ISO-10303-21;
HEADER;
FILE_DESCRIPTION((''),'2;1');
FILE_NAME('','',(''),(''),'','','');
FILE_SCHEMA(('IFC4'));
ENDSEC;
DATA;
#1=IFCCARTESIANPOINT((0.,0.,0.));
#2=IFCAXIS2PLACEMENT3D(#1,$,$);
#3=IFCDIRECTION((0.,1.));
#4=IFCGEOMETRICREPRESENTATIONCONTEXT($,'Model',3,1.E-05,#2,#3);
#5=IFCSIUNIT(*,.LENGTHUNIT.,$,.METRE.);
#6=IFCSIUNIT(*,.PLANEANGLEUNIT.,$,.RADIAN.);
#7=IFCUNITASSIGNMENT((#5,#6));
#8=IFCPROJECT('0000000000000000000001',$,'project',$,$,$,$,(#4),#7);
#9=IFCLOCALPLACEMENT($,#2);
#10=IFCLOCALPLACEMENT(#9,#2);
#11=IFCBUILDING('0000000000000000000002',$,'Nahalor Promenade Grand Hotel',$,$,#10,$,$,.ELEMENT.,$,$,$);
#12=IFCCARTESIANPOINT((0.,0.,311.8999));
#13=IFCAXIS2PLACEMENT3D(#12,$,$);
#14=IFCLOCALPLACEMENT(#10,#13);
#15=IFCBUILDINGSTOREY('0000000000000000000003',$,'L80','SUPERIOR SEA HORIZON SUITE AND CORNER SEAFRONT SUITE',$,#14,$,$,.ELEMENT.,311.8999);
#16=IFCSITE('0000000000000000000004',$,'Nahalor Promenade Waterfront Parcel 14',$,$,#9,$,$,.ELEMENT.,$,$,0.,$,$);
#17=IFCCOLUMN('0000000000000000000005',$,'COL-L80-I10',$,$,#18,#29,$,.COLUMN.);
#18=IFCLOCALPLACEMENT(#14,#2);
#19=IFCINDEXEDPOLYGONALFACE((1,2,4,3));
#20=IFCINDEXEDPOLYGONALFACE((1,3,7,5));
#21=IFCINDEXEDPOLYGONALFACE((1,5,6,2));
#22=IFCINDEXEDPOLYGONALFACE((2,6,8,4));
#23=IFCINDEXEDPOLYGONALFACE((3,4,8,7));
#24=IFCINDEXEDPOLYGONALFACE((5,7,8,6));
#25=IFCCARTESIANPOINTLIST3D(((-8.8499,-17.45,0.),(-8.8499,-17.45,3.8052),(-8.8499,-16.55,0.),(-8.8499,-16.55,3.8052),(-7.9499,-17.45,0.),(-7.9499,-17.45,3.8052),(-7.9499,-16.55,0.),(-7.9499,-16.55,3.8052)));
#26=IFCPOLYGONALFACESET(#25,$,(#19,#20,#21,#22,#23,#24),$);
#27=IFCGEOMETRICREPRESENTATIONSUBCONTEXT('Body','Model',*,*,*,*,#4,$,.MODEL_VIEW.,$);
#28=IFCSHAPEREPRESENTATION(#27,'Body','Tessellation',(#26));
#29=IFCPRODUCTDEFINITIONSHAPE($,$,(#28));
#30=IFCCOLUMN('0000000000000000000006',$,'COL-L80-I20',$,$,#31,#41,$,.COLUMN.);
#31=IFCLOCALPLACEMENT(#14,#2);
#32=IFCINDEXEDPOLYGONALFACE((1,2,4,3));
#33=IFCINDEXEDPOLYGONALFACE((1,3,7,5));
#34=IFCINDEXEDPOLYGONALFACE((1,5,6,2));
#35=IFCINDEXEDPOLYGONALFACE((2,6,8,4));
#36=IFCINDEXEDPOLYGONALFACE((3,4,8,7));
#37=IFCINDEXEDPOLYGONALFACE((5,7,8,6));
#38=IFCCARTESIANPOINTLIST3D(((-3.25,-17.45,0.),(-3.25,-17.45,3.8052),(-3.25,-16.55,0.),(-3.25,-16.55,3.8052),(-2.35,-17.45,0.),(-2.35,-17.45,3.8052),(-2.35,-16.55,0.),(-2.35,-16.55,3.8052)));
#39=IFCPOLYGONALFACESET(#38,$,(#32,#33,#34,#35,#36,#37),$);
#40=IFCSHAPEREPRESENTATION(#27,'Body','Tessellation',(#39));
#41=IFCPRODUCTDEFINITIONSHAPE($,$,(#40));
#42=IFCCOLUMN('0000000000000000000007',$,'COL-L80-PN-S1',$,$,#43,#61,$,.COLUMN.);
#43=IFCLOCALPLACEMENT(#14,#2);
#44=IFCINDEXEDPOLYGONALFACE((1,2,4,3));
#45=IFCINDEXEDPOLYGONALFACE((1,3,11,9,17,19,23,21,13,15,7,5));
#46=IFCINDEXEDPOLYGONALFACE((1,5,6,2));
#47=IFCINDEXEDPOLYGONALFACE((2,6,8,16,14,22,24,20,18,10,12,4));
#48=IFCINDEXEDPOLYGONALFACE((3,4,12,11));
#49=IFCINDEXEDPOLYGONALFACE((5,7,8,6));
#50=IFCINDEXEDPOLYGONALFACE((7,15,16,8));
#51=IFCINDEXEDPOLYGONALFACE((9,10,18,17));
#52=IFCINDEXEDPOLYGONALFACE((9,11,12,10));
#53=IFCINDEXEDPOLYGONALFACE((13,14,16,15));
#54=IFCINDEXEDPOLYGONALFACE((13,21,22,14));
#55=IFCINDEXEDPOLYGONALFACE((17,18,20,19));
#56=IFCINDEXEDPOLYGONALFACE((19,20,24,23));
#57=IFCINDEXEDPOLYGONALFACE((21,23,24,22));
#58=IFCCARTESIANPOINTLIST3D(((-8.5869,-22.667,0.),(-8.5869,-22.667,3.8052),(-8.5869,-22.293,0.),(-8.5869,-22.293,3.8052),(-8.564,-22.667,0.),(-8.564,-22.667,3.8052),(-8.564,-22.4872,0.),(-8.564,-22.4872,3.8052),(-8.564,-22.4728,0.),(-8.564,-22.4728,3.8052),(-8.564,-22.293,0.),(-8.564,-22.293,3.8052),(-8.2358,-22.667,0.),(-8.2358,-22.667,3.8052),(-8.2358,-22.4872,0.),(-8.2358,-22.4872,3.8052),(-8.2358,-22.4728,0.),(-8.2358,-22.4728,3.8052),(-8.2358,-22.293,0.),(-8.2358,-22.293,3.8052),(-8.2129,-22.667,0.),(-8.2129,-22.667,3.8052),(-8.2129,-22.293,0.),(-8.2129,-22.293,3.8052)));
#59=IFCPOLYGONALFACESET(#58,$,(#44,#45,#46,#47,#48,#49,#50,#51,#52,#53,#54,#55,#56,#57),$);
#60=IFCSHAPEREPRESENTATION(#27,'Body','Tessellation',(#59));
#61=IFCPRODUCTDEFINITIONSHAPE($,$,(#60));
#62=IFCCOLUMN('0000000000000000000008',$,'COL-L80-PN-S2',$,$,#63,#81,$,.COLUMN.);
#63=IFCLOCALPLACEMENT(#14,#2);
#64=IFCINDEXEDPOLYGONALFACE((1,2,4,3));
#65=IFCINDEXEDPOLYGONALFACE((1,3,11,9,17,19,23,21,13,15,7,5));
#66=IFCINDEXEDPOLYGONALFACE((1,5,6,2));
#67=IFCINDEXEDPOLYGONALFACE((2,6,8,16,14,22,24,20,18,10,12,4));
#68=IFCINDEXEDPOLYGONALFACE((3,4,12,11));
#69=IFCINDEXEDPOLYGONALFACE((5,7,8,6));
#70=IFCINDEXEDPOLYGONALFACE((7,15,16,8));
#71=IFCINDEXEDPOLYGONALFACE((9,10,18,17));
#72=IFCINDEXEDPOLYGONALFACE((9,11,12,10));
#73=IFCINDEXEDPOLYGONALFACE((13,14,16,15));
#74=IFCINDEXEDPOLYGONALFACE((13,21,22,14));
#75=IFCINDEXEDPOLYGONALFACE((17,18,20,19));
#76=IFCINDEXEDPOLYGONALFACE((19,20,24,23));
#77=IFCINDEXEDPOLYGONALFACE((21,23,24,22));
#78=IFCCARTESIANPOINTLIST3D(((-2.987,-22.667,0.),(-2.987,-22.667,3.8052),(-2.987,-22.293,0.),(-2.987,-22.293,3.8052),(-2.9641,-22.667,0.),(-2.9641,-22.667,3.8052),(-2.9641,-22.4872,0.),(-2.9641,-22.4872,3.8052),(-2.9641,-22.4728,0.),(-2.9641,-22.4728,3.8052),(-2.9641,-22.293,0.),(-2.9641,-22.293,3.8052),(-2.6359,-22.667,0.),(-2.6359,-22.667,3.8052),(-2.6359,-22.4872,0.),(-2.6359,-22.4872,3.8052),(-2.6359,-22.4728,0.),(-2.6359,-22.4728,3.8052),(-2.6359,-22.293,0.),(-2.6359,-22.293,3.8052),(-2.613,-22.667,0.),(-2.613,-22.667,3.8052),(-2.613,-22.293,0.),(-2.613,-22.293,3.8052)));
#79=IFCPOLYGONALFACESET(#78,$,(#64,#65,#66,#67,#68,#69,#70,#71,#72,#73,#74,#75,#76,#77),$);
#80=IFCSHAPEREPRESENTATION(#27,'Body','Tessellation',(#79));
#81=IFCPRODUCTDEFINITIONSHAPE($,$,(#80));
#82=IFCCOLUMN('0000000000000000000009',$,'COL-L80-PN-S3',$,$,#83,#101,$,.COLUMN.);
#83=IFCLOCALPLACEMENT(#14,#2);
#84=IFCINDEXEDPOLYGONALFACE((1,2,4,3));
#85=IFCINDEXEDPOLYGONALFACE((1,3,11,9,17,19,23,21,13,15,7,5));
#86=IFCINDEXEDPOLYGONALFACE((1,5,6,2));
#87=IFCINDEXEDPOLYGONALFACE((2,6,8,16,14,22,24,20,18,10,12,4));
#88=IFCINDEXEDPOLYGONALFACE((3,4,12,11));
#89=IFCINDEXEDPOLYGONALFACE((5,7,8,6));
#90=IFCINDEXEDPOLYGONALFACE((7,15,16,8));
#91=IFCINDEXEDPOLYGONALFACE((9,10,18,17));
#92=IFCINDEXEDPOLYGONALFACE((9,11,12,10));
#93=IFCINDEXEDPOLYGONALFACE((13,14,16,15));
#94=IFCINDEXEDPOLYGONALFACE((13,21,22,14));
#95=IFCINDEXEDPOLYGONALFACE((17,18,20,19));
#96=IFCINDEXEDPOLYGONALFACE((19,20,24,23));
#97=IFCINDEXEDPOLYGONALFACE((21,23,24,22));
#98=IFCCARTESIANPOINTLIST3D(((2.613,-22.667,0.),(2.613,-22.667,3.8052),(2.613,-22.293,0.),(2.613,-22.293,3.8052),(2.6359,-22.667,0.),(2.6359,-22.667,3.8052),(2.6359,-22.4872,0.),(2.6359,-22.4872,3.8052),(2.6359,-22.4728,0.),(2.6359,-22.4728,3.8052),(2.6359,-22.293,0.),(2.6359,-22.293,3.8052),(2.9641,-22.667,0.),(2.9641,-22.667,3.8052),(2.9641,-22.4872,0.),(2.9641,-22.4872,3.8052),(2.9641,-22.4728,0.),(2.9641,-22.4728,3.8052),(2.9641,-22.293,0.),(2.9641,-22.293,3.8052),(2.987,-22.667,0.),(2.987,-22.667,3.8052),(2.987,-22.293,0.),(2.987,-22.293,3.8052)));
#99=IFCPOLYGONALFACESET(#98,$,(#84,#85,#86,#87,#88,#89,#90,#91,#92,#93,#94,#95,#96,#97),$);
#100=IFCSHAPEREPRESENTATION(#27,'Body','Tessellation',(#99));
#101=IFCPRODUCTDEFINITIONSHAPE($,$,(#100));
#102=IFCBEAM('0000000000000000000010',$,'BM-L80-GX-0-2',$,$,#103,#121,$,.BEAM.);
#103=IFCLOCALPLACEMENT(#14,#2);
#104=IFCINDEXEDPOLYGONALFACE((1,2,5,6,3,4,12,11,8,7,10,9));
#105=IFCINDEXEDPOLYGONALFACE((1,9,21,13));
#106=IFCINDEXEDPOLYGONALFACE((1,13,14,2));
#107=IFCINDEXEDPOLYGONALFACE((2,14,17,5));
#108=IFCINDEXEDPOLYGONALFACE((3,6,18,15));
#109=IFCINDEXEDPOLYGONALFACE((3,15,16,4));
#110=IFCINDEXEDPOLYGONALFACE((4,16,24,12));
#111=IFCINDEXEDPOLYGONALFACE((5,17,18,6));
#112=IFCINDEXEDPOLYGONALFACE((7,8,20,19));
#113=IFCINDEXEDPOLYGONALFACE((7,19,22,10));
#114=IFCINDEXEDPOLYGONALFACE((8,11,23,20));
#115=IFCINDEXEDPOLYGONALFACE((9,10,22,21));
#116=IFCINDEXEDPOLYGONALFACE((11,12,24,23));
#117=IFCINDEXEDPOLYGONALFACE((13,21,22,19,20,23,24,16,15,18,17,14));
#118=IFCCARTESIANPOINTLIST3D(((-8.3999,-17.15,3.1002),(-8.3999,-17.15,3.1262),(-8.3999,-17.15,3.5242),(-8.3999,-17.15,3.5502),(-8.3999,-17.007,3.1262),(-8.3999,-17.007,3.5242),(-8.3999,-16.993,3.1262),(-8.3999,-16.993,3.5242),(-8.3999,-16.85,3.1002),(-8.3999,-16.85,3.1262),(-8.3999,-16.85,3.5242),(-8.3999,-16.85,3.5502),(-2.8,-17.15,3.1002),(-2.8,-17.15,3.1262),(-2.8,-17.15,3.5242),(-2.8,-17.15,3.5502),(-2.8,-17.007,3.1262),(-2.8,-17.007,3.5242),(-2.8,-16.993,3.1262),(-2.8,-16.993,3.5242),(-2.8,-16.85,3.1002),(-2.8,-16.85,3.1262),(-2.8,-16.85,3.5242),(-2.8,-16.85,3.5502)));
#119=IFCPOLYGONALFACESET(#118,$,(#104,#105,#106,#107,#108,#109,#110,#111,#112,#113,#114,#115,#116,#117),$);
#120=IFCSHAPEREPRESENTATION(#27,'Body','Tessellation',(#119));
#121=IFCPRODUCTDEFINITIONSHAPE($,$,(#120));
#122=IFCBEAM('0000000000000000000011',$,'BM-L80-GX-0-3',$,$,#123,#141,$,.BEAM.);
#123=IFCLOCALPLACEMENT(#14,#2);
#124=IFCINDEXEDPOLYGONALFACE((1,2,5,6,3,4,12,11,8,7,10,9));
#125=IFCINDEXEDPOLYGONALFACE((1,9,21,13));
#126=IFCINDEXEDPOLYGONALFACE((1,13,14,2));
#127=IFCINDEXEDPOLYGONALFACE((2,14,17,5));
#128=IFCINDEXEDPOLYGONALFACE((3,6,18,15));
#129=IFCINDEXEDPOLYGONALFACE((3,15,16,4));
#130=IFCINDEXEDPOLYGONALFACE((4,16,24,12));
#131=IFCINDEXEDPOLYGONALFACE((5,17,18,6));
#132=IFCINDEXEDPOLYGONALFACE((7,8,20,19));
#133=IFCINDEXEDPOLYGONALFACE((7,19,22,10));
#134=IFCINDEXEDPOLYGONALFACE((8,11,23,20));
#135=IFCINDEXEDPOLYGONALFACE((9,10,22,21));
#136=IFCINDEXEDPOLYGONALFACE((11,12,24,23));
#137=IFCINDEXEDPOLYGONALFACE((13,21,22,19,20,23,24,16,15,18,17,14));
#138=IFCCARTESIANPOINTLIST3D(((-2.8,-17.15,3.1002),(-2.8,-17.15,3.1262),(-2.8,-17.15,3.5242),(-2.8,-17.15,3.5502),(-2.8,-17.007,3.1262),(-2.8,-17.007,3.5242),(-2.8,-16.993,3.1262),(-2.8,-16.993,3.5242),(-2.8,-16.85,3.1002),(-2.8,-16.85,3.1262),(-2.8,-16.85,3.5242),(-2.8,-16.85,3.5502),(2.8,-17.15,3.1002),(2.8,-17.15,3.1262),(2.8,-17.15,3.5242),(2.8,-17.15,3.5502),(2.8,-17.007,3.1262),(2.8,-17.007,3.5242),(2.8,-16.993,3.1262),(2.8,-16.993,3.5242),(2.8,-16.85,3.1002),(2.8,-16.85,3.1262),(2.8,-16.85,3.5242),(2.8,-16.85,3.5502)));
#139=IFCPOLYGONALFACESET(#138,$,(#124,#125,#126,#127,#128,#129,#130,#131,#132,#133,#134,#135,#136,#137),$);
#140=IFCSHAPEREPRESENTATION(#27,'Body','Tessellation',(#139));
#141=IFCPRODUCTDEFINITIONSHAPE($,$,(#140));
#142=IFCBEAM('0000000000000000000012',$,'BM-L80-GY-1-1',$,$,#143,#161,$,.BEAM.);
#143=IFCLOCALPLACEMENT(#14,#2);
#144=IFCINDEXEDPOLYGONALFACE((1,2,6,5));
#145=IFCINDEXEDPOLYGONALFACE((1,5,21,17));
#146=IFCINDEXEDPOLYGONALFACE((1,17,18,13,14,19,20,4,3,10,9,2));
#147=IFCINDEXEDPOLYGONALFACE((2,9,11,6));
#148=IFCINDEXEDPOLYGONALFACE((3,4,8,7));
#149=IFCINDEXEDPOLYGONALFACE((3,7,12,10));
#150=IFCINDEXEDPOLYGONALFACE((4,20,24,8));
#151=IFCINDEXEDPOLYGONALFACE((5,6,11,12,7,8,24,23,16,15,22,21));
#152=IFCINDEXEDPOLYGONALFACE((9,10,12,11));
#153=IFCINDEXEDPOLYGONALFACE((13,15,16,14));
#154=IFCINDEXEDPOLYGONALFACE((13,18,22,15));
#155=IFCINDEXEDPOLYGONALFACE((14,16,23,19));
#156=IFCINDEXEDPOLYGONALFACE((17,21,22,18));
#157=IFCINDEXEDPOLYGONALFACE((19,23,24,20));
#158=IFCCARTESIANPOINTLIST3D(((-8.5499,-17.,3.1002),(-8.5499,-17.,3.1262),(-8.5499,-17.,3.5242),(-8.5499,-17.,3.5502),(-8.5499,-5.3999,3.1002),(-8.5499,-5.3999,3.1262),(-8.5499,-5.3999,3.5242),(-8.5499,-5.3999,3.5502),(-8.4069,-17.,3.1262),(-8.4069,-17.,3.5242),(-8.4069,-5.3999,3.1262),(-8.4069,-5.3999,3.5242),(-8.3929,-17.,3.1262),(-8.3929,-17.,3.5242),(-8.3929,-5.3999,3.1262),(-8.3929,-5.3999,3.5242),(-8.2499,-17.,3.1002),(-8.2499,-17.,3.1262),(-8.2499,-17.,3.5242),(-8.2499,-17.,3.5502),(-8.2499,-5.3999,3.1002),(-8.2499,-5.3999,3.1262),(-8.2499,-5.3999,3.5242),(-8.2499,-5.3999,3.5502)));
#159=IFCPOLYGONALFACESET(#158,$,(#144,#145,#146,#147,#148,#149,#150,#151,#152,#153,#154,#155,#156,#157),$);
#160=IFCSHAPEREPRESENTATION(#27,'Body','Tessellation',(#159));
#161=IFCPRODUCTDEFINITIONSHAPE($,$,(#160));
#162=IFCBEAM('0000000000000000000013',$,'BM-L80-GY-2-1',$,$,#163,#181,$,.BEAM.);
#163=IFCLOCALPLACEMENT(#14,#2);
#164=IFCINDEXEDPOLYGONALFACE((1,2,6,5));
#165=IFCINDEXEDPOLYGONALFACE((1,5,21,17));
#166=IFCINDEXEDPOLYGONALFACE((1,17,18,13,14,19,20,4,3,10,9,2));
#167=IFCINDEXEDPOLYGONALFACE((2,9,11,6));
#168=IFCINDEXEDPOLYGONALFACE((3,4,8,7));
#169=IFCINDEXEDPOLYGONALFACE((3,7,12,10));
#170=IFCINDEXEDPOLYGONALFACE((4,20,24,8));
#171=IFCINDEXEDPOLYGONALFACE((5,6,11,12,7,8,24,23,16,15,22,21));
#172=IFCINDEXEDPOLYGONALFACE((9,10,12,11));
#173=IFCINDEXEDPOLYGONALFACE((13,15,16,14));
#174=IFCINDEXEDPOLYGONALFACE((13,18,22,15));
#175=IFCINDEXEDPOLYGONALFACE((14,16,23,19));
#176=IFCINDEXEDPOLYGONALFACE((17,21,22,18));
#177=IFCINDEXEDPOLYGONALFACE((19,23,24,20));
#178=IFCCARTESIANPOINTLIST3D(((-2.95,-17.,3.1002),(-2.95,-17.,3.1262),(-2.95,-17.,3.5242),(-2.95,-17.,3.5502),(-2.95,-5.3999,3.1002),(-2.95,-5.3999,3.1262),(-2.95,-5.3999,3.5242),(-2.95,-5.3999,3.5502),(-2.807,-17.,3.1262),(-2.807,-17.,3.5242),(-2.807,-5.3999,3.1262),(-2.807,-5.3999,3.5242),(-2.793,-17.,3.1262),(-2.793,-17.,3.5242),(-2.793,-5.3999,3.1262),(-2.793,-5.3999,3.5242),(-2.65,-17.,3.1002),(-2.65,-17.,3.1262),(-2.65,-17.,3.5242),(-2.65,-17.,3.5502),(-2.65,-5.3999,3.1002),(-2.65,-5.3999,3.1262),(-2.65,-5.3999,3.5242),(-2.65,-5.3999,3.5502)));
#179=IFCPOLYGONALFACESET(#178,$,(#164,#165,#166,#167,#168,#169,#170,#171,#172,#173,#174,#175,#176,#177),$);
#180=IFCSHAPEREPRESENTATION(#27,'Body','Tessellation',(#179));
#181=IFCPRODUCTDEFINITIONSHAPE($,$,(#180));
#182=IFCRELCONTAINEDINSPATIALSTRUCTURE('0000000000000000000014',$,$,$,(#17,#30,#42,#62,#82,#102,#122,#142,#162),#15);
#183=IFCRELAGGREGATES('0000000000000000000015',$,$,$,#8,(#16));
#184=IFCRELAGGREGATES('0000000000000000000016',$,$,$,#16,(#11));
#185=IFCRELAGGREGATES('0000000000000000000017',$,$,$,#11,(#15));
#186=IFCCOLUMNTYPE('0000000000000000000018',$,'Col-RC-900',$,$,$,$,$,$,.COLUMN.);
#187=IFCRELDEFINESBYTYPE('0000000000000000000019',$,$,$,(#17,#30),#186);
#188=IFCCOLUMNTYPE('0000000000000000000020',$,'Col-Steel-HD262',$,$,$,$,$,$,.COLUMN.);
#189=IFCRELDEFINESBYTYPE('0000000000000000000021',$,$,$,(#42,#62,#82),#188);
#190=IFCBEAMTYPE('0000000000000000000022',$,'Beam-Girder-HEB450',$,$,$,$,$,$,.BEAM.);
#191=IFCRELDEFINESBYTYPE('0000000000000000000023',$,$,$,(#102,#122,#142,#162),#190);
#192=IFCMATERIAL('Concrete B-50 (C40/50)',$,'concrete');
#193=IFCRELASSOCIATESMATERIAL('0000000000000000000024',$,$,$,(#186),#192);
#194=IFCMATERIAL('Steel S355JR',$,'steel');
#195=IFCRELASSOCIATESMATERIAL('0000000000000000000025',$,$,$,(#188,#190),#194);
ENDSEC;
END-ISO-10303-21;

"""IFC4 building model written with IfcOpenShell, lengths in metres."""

from ifc_helpers import new_model, si_unit, direction, frame, origin, origin_2d, place, context, subcontext, project, spatial, rectangle, i_section, extrude, source, transform, mapped, material, material_profile, profile_set, type_object, element, save


model = new_model("IFC4")

# Units and contexts
model_context = context("Model", 3, precision=1e-05, world=origin(), true_north=direction((0.0, 1.0)))
body_context = subcontext(model_context, "Body", "Model", "MODEL_VIEW")
ifc_project = project(units=[si_unit("LENGTHUNIT", "METRE"), si_unit("PLANEANGLEUNIT", "RADIAN")], contexts=[model_context])

# Site, building, storey
site_placement = place(None, origin())
site = spatial("IfcSite", under=ifc_project, at=site_placement, Name="Nahalor Promenade Waterfront Parcel 14", CompositionType="ELEMENT", RefElevation=0.0)
building_placement = place(site_placement, origin())
building = spatial("IfcBuilding", under=site, at=building_placement, Name="Nahalor Promenade Grand Hotel", CompositionType="ELEMENT")
storey_placement = place(building_placement, frame((0.0, 0.0, 311.8999)))
storey = spatial("IfcBuildingStorey", under=building, at=storey_placement, Name="L80", Description="SUPERIOR SEA HORIZON SUITE AND CORNER SEAFRONT SUITE", CompositionType="ELEMENT", Elevation=311.8999)

# Columns
ifc_material_1 = material(Name="Concrete B-50 (C40/50)", Category="concrete")
ifc_material_profile_1 = material_profile(ifc_material_1, rectangle(XDim=0.9, YDim=0.9, at=origin_2d()), Name="RC 900x900")
ifc_profile_set_1 = profile_set([ifc_material_profile_1], Name="Concrete B-50 (C40/50)")
column_type_1 = type_object("IfcColumnType", Name="Col-RC-900", PredefinedType="COLUMN", material=ifc_profile_set_1)
shared_shape_1 = source(origin(), body_context, "Body", "SweptSolid", [
    extrude(rectangle(XDim=0.9, YDim=0.9, at=origin_2d()), origin(), (0.0, 0.0, 1.0), 3.8052),
])
for number, where, z_axis, x_axis, name in (
    (1, (-8.3999, -17.0, 0.0), (0.0, 0.0, 1.0), (1.0, 0.0, 0.0), "COL-L80-I10"),
    (2, (-2.8, -17.0, 0.0), (0.0, 0.0, 1.0), (1.0, 0.0, 0.0), "COL-L80-I20"),
):
    element("IfcColumn", number, at=place(storey_placement, frame(where, z_axis=z_axis, x_axis=x_axis)), inside=storey, type_object=column_type_1, Name=name, PredefinedType="COLUMN", context=body_context, shape_type="MappedRepresentation", body=[
        mapped(shared_shape_1, transform((0.0, 0.0, 0.0), scale=1.0)),
    ])
ifc_material_2 = material(Name="Steel S355JR", Category="steel")
ifc_material_profile_2 = material_profile(ifc_material_2, i_section(OverallWidth=0.374, OverallDepth=0.374, WebThickness=0.0144, FlangeThickness=0.0229, at=origin_2d()), Name="HD 360x262")
ifc_profile_set_2 = profile_set([ifc_material_profile_2], Name="Steel S355JR")
column_type_2 = type_object("IfcColumnType", Name="Col-Steel-HD262", PredefinedType="COLUMN", material=ifc_profile_set_2)
shared_shape_2 = source(origin(), body_context, "Body", "SweptSolid", [
    extrude(i_section(OverallWidth=0.374, OverallDepth=0.374, WebThickness=0.0144, FlangeThickness=0.0229, at=origin_2d()), origin(), (0.0, 0.0, 1.0), 3.8052),
])
for number, where, z_axis, x_axis, name in (
    (3, (-8.3999, -22.48, 0.0), (0.0, 0.0, 1.0), (0.0, 1.0, 0.0), "COL-L80-PN-S1"),
    (4, (-2.8, -22.48, 0.0), (0.0, 0.0, 1.0), (0.0, 1.0, 0.0), "COL-L80-PN-S2"),
    (5, (2.8, -22.48, 0.0), (0.0, 0.0, 1.0), (0.0, 1.0, 0.0), "COL-L80-PN-S3"),
):
    element("IfcColumn", number, at=place(storey_placement, frame(where, z_axis=z_axis, x_axis=x_axis)), inside=storey, type_object=column_type_2, Name=name, PredefinedType="COLUMN", context=body_context, shape_type="MappedRepresentation", body=[
        mapped(shared_shape_2, transform((0.0, 0.0, 0.0), scale=1.0)),
    ])

# Beams
ifc_material_profile_3 = material_profile(ifc_material_2, i_section(OverallWidth=0.3, OverallDepth=0.45, WebThickness=0.014, FlangeThickness=0.026, at=origin_2d()), Name="HEB 450")
ifc_profile_set_3 = profile_set([ifc_material_profile_3], Name="Steel S355JR")
beam_type_1 = type_object("IfcBeamType", Name="Beam-Girder-HEB450", PredefinedType="BEAM", material=ifc_profile_set_3)
shared_shape_3 = source(origin(), body_context, "Body", "SweptSolid", [
    extrude(i_section(OverallWidth=0.3, OverallDepth=0.45, WebThickness=0.014, FlangeThickness=0.026, at=origin_2d()), origin(), (0.0, 0.0, 1.0), 5.5999),
])
beam_1_placement = place(storey_placement, frame((-8.3999, -17.0, 3.3252), z_axis=(1.0, 0.0, 0.0), x_axis=(0.0, 1.0, 0.0)))
element("IfcBeam", 6, at=beam_1_placement, inside=storey, type_object=beam_type_1, Name="BM-L80-GX-0-2", PredefinedType="BEAM", context=body_context, shape_type="MappedRepresentation", body=[
    mapped(shared_shape_3, transform((0.0, 0.0, 0.0), scale=1.0)),
])
shared_shape_4 = source(origin(), body_context, "Body", "SweptSolid", [
    extrude(i_section(OverallWidth=0.3, OverallDepth=0.45, WebThickness=0.014, FlangeThickness=0.026, at=origin_2d()), origin(), (0.0, 0.0, 1.0), 5.6001),
])
beam_2_placement = place(storey_placement, frame((-2.8, -17.0, 3.3252), z_axis=(1.0, 0.0, 0.0), x_axis=(0.0, 1.0, 0.0)))
element("IfcBeam", 7, at=beam_2_placement, inside=storey, type_object=beam_type_1, Name="BM-L80-GX-0-3", PredefinedType="BEAM", context=body_context, shape_type="MappedRepresentation", body=[
    mapped(shared_shape_4, transform((0.0, 0.0, 0.0), scale=1.0)),
])
shared_shape_5 = source(origin(), body_context, "Body", "SweptSolid", [
    extrude(i_section(OverallWidth=0.3, OverallDepth=0.45, WebThickness=0.014, FlangeThickness=0.026, at=origin_2d()), origin(), (0.0, 0.0, 1.0), 11.6001),
])
for number, where, z_axis, x_axis, name in (
    (8, (-8.3999, -17.0, 3.3252), (0.0, 1.0, 0.0), (-1.0, 0.0, 0.0), "BM-L80-GY-1-1"),
    (9, (-2.8, -17.0, 3.3252), (0.0, 1.0, 0.0), (-1.0, 0.0, 0.0), "BM-L80-GY-2-1"),
):
    element("IfcBeam", number, at=place(storey_placement, frame(where, z_axis=z_axis, x_axis=x_axis)), inside=storey, type_object=beam_type_1, Name=name, PredefinedType="BEAM", context=body_context, shape_type="MappedRepresentation", body=[
        mapped(shared_shape_5, transform((0.0, 0.0, 0.0), scale=1.0)),
    ])

save(model, "model.ifc")
